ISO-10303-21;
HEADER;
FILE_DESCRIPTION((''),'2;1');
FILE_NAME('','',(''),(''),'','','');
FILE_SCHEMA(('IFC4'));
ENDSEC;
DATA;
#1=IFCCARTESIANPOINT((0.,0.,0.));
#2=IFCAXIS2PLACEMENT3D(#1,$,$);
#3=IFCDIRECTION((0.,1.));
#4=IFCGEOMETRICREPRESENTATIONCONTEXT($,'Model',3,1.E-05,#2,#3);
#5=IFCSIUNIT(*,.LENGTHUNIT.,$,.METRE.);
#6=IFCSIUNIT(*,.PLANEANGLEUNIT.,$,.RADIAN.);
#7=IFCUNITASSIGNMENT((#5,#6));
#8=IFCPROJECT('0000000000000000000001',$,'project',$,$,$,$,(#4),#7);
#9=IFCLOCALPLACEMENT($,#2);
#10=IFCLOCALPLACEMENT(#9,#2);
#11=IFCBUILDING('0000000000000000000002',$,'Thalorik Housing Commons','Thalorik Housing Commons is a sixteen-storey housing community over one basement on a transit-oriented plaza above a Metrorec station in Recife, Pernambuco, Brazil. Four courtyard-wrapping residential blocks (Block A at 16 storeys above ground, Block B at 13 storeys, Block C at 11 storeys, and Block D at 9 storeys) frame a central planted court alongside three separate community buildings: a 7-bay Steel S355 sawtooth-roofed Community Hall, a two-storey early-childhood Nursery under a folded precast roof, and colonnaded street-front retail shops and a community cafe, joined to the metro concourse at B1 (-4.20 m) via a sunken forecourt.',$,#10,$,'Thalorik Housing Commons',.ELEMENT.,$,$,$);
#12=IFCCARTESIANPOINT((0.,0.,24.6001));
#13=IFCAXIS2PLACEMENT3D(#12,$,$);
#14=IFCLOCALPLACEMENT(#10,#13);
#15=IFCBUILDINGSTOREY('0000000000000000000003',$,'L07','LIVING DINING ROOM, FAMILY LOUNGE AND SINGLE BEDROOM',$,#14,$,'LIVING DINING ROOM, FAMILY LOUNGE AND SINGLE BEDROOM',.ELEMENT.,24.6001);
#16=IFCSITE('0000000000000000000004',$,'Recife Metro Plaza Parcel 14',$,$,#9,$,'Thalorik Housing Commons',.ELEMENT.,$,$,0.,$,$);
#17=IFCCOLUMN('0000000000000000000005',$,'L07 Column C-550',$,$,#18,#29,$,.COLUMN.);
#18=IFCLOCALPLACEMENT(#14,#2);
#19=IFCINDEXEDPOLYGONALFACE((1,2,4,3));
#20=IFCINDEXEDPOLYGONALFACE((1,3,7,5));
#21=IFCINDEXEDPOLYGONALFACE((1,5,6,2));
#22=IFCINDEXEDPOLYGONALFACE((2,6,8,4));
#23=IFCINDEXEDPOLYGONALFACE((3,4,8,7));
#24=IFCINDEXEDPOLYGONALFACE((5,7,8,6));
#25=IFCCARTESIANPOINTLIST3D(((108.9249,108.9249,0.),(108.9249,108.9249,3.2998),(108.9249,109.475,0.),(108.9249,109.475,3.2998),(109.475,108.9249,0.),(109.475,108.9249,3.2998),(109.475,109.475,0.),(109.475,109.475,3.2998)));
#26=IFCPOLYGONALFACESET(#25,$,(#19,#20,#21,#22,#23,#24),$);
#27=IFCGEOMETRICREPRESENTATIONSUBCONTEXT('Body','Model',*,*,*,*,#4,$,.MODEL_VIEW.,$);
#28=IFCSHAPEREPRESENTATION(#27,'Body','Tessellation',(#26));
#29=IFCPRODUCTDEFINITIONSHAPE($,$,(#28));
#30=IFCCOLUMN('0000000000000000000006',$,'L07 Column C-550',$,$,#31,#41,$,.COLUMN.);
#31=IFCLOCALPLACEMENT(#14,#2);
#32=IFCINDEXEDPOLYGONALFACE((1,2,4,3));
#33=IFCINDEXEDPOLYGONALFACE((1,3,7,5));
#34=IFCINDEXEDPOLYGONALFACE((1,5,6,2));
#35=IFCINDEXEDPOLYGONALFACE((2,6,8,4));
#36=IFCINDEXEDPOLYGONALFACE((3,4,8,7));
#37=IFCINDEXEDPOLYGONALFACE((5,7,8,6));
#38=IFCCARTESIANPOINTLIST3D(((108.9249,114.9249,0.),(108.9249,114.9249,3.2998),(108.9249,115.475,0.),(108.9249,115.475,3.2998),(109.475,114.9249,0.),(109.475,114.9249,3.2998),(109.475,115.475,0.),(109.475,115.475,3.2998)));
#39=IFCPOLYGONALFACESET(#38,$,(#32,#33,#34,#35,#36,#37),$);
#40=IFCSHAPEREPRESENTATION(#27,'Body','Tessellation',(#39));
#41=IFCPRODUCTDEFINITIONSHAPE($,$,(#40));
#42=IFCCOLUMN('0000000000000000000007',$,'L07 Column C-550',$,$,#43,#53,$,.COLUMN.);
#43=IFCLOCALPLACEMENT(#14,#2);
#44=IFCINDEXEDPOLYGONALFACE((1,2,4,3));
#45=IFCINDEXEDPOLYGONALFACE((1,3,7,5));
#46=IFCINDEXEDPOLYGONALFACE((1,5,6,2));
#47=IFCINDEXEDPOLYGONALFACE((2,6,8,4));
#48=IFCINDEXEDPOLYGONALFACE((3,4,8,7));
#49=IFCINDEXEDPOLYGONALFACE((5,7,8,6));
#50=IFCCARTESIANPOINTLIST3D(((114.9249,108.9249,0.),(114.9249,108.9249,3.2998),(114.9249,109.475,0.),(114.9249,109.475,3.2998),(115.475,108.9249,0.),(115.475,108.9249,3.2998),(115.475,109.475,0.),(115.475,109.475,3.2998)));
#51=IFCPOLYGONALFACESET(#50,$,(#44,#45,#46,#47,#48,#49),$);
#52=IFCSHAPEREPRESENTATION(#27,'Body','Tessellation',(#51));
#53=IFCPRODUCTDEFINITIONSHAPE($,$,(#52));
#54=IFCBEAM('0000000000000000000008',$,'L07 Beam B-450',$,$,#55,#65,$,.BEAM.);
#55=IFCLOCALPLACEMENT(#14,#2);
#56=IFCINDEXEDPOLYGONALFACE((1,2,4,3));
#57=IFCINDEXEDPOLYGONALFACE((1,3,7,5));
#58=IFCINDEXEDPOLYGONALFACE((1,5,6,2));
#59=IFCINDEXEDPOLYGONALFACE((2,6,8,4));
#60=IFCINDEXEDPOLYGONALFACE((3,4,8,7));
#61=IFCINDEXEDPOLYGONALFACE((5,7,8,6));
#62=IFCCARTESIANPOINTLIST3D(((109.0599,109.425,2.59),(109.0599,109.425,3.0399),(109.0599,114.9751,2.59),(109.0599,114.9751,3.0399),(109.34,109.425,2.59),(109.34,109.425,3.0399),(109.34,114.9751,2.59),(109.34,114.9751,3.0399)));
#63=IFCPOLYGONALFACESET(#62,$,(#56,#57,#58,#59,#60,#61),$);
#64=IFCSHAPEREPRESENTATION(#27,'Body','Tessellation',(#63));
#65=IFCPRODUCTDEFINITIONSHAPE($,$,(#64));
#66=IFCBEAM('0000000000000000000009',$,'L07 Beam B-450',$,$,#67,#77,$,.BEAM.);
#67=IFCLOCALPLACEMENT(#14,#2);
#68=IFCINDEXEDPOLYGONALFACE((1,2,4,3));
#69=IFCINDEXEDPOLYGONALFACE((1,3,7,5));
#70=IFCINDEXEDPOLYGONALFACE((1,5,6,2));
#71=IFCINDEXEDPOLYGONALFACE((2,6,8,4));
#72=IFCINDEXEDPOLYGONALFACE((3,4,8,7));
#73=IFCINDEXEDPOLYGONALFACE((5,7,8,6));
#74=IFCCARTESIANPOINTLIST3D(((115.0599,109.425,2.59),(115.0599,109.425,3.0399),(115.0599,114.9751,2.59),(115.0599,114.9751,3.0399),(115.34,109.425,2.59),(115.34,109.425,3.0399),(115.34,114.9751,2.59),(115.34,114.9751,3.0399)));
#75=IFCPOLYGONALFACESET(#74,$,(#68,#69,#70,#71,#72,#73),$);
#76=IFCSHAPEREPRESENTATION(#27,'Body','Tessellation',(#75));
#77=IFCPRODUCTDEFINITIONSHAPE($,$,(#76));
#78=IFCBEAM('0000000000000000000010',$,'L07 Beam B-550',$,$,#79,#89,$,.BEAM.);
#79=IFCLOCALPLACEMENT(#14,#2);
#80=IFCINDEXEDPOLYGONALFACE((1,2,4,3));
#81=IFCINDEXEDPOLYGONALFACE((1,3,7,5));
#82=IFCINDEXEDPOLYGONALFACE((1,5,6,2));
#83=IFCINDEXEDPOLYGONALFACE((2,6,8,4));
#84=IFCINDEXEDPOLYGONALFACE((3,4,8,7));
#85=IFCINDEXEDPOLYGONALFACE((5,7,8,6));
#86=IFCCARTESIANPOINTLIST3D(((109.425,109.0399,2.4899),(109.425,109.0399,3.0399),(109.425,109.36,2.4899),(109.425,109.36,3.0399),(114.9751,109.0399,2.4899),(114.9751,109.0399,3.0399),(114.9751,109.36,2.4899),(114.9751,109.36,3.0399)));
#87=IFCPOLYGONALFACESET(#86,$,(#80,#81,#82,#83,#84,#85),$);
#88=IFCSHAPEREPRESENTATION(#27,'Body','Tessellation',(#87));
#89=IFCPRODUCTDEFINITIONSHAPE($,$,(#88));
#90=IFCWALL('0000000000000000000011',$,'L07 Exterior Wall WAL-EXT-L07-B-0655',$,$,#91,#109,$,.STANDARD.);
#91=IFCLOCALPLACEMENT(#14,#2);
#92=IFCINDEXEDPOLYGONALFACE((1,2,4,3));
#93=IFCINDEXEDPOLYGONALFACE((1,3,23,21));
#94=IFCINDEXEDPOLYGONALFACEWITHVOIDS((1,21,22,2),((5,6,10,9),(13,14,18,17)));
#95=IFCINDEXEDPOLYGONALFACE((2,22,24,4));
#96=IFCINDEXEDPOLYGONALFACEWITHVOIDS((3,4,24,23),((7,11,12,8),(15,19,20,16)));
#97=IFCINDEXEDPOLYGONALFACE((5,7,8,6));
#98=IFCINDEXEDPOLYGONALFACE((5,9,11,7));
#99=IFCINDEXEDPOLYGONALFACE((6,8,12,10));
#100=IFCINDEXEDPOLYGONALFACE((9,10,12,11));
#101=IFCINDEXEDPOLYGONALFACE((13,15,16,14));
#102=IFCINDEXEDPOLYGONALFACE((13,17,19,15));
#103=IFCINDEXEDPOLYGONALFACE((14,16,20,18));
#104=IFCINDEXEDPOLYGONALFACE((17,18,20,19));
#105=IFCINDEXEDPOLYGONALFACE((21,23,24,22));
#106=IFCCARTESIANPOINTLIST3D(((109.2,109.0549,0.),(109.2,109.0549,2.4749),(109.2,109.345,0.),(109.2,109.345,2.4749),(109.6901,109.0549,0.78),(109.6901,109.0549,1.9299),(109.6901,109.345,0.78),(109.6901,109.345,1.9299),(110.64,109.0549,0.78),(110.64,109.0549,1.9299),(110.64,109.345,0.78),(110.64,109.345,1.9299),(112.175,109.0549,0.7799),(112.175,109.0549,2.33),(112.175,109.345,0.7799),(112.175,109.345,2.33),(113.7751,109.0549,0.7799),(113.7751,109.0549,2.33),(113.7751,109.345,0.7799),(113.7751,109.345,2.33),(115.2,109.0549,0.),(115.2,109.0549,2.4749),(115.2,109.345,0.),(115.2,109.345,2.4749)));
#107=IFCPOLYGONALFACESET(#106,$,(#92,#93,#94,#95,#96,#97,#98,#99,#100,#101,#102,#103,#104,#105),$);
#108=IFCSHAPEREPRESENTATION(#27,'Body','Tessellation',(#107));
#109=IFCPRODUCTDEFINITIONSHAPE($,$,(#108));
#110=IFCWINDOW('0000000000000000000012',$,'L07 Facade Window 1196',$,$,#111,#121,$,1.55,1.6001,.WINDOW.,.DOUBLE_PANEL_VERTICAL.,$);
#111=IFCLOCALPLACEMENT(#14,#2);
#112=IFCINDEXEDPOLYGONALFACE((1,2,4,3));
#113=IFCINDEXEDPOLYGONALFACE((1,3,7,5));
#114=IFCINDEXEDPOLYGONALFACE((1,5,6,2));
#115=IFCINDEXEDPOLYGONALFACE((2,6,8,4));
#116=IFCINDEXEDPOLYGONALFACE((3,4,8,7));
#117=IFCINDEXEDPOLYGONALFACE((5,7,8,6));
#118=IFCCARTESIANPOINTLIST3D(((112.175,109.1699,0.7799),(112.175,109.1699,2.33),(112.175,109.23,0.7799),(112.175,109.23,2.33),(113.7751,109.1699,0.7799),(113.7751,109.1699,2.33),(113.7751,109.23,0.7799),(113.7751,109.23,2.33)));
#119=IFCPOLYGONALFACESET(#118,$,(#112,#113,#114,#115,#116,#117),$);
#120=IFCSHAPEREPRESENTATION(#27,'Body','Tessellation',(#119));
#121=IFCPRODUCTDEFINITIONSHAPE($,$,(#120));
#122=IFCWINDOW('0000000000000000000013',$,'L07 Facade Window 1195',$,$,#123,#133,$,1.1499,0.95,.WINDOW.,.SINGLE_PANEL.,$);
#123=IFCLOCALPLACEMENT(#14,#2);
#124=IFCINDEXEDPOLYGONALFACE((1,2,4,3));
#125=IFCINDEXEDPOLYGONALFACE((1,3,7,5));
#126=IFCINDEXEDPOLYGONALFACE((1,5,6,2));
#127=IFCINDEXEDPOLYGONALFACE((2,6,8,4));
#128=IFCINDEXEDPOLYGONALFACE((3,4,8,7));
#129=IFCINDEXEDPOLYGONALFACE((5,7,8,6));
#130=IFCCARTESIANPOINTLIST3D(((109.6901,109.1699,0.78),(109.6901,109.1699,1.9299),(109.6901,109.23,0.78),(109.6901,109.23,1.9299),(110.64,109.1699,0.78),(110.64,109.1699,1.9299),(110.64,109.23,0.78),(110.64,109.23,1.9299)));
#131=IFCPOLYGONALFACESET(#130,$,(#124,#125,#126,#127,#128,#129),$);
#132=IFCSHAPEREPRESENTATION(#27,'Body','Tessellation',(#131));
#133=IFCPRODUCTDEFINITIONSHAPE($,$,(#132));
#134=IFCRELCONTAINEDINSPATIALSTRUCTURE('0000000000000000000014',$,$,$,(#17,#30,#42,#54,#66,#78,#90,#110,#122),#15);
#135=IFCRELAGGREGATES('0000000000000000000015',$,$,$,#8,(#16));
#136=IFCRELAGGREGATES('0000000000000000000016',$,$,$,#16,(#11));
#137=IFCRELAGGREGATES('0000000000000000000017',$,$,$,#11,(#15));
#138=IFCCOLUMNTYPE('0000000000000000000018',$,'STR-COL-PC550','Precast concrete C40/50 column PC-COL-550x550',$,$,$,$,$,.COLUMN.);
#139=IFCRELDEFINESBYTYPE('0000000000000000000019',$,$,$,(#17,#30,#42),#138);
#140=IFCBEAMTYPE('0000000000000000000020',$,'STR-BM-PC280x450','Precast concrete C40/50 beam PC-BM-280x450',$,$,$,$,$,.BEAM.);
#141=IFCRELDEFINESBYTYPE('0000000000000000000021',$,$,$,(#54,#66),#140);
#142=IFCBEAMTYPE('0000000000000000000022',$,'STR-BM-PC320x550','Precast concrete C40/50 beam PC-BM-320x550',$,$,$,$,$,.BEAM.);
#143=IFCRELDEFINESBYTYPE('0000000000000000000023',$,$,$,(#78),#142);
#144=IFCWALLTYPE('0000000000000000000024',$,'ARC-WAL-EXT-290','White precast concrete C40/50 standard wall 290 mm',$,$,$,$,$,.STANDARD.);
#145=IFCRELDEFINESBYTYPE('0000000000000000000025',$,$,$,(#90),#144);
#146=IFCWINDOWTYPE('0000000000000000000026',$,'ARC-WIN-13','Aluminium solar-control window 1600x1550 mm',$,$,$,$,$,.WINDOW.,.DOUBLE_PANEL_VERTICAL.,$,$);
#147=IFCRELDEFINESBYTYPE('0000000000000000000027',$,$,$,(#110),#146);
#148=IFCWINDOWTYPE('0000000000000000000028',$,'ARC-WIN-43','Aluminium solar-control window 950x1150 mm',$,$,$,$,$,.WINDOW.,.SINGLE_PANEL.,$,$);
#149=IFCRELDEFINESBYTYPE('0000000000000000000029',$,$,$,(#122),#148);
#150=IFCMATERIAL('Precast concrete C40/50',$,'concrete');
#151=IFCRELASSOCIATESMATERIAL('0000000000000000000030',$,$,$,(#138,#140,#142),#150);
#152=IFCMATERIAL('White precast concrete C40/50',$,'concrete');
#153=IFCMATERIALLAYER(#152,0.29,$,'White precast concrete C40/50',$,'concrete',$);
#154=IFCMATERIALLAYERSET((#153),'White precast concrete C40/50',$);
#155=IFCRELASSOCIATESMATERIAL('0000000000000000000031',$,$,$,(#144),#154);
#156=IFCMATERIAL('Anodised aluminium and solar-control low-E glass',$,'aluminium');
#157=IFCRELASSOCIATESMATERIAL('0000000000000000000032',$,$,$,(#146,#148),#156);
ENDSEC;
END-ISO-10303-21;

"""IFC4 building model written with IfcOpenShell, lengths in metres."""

from ifc_helpers import new_model, si_unit, direction, frame, frame_2d, origin, origin_2d, place, context, subcontext, project, spatial, rectangle, extrude, material, layer, layer_set, material_profile, profile_set, type_object, element, fill, save


model = new_model("IFC4")

# Units and contexts
model_context = context("Model", 3, precision=1e-05, world=origin(), true_north=direction((0.0, 1.0)))
body_context = subcontext(model_context, "Body", "Model", "MODEL_VIEW")
ifc_project = project(units=[si_unit("LENGTHUNIT", "METRE"), si_unit("PLANEANGLEUNIT", "RADIAN")], contexts=[model_context])

# Site, building, storey
site_placement = place(None, origin())
site = spatial("IfcSite", under=ifc_project, at=site_placement, Name="Recife Metro Plaza Parcel 14", LongName="Thalorik Housing Commons", CompositionType="ELEMENT", RefElevation=0.0)
building_placement = place(site_placement, origin())
building = spatial("IfcBuilding", under=site, at=building_placement, Name="Thalorik Housing Commons", Description="Thalorik Housing Commons is a sixteen-storey housing community over one basement on a transit-oriented plaza above a Metrorec station in Recife, Pernambuco, Brazil. Four courtyard-wrapping residential blocks (Block A at 16 storeys above ground, Block B at 13 storeys, Block C at 11 storeys, and Block D at 9 storeys) frame a central planted court alongside three separate community buildings: a 7-bay Steel S355 sawtooth-roofed Community Hall, a two-storey early-childhood Nursery under a folded precast roof, and colonnaded street-front retail shops and a community cafe, joined to the metro concourse at B1 (-4.20 m) via a sunken forecourt.", LongName="Thalorik Housing Commons", CompositionType="ELEMENT")
storey_placement = place(building_placement, frame((0.0, 0.0, 24.6001)))
storey = spatial("IfcBuildingStorey", under=building, at=storey_placement, Name="L07", Description="LIVING DINING ROOM, FAMILY LOUNGE AND SINGLE BEDROOM", LongName="LIVING DINING ROOM, FAMILY LOUNGE AND SINGLE BEDROOM", CompositionType="ELEMENT", Elevation=24.6001)

# Columns
ifc_material_1 = material(Name="Precast concrete C40/50", Category="concrete")
ifc_material_profile_1 = material_profile(ifc_material_1, rectangle(XDim=0.55, YDim=0.55, at=origin_2d()), Name="PC 550x550", Category="concrete")
ifc_profile_set_1 = profile_set([ifc_material_profile_1], Name="Precast concrete C40/50")
column_type = type_object("IfcColumnType", Name="STR-COL-PC550", Description="Precast concrete C40/50 column PC-COL-550x550", PredefinedType="COLUMN", material=ifc_profile_set_1)
for number, where, z_axis, x_axis, name in (
    (1, (109.2, 109.2, 0.0), (0.0, 0.0, 1.0), (1.0, 0.0, 0.0), "L07 Column C-550"),
    (2, (109.2, 115.2, 0.0), (0.0, 0.0, 1.0), (1.0, 0.0, 0.0), "L07 Column C-550"),
    (3, (115.2, 109.2, 0.0), (0.0, 0.0, 1.0), (1.0, 0.0, 0.0), "L07 Column C-550"),
):
    element("IfcColumn", number, at=place(storey_placement, frame(where, z_axis=z_axis, x_axis=x_axis)), inside=storey, type_object=column_type, Name=name, PredefinedType="COLUMN", context=body_context, shape_type="SweptSolid", body=[
        extrude(rectangle(XDim=0.55, YDim=0.55, at=origin_2d()), origin(), (0.0, 0.0, 1.0), 3.2998),
    ])

# Beams
ifc_material_profile_2 = material_profile(ifc_material_1, rectangle(XDim=0.28, YDim=0.45, at=origin_2d()), Name="PC 280x450", Category="concrete")
ifc_profile_set_2 = profile_set([ifc_material_profile_2], Name="Precast concrete C40/50")
beam_type_1 = type_object("IfcBeamType", Name="STR-BM-PC280x450", Description="Precast concrete C40/50 beam PC-BM-280x450", PredefinedType="BEAM", material=ifc_profile_set_2)
for number, where, z_axis, x_axis, name in (
    (4, (109.2, 109.425, 2.8149), (0.0, 1.0, 0.0), (-1.0, 0.0, 0.0), "L07 Beam B-450"),
    (5, (115.2, 109.425, 2.8149), (0.0, 1.0, 0.0), (-1.0, 0.0, 0.0), "L07 Beam B-450"),
):
    element("IfcBeam", number, at=place(storey_placement, frame(where, z_axis=z_axis, x_axis=x_axis)), inside=storey, type_object=beam_type_1, Name=name, PredefinedType="BEAM", context=body_context, shape_type="SweptSolid", body=[
        extrude(rectangle(XDim=0.28, YDim=0.45, at=origin_2d()), origin(), (0.0, 0.0, 1.0), 5.55),
    ])
ifc_material_profile_3 = material_profile(ifc_material_1, rectangle(XDim=0.3201, YDim=0.55, at=origin_2d()), Name="PC 320x550", Category="concrete")
ifc_profile_set_3 = profile_set([ifc_material_profile_3], Name="Precast concrete C40/50")
beam_type_2 = type_object("IfcBeamType", Name="STR-BM-PC320x550", Description="Precast concrete C40/50 beam PC-BM-320x550", PredefinedType="BEAM", material=ifc_profile_set_3)
beam_placement = place(storey_placement, frame((109.425, 109.2, 2.7649), z_axis=(1.0, 0.0, 0.0), x_axis=(0.0, 1.0, 0.0)))
element("IfcBeam", 6, at=beam_placement, inside=storey, type_object=beam_type_2, Name="L07 Beam B-550", PredefinedType="BEAM", context=body_context, shape_type="SweptSolid", body=[
    extrude(rectangle(XDim=0.3201, YDim=0.55, at=origin_2d()), origin(), (0.0, 0.0, 1.0), 5.55),
])

# Wall, openings, windows
ifc_material_2 = material(Name="White precast concrete C40/50", Category="concrete")
ifc_layer_1 = layer(ifc_material_2, 0.29, Name="White precast concrete C40/50", Category="concrete")
ifc_layer_set_1 = layer_set([ifc_layer_1], Name="White precast concrete C40/50")
wall_type_1 = type_object("IfcWallType", Name="ARC-WAL-EXT-290", Description="White precast concrete C40/50 standard wall 290 mm", PredefinedType="STANDARD", material=ifc_layer_set_1)
wall_1_placement = place(storey_placement, frame((109.2, 109.2, 0.0), z_axis=(0.0, 0.0, 1.0), x_axis=(1.0, 0.0, 0.0)))
wall_1 = element("IfcWall", 7, at=wall_1_placement, inside=storey, type_object=wall_type_1, Name="L07 Exterior Wall WAL-EXT-L07-B-0655", PredefinedType="STANDARD", context=body_context, shape_type="SweptSolid", body=[
    extrude(rectangle(XDim=6.0, YDim=0.29, at=frame_2d((3.0, 0.0))), origin(), (0.0, 0.0, 1.0), 2.4749),
])
opening_1_placement = place(wall_1_placement, frame((0.49, 0.0, 0.78)))
opening_1 = element("IfcOpeningElement", 8, at=opening_1_placement, cuts=wall_1, PredefinedType="OPENING", context=body_context, shape_type="SweptSolid", body=[
    extrude(rectangle(XDim=0.95, YDim=1.1499, at=frame_2d((0.4751, 0.575))), frame((0.0, 0.155, 0.0), z_axis=(0.0, -1.0, 0.0), x_axis=(1.0, 0.0, 0.0)), (0.0, 0.0, 1.0), 0.3101),
])
opening_2_placement = place(wall_1_placement, frame((2.9751, 0.0, 0.78)))
opening_2 = element("IfcOpeningElement", 9, at=opening_2_placement, cuts=wall_1, PredefinedType="OPENING", context=body_context, shape_type="SweptSolid", body=[
    extrude(rectangle(XDim=1.6001, YDim=1.55, at=frame_2d((0.8, 0.7749))), frame((0.0, 0.155, 0.0), z_axis=(0.0, -1.0, 0.0), x_axis=(1.0, 0.0, 0.0)), (0.0, 0.0, 1.0), 0.3101),
])
ifc_material_3 = material(Name="Anodised aluminium and solar-control low-E glass", Category="aluminium")
window_type_1 = type_object("IfcWindowType", Name="ARC-WIN-13", Description="Aluminium solar-control window 1600x1550 mm", PartitioningType="DOUBLE_PANEL_VERTICAL", PredefinedType="WINDOW", material=ifc_material_3)
window_1_placement = place(opening_2_placement, origin())
window_1 = element("IfcWindow", 10, at=window_1_placement, inside=storey, type_object=window_type_1, Name="L07 Facade Window 1196", OverallHeight=1.55, OverallWidth=1.6001, PartitioningType="DOUBLE_PANEL_VERTICAL", PredefinedType="WINDOW", context=body_context, shape_type="SweptSolid", body=[
    extrude(rectangle(XDim=1.6001, YDim=1.55, at=frame_2d((0.8, 0.7749))), frame((0.0, 0.03, 0.0), z_axis=(0.0, -1.0, 0.0), x_axis=(1.0, 0.0, 0.0)), (0.0, 0.0, 1.0), 0.0601),
])
fill(opening_2, window_1)
window_type_2 = type_object("IfcWindowType", Name="ARC-WIN-43", Description="Aluminium solar-control window 950x1150 mm", PartitioningType="SINGLE_PANEL", PredefinedType="WINDOW", material=ifc_material_3)
window_2_placement = place(opening_1_placement, origin())
window_2 = element("IfcWindow", 11, at=window_2_placement, inside=storey, type_object=window_type_2, Name="L07 Facade Window 1195", OverallHeight=1.1499, OverallWidth=0.95, PartitioningType="SINGLE_PANEL", PredefinedType="WINDOW", context=body_context, shape_type="SweptSolid", body=[
    extrude(rectangle(XDim=0.95, YDim=1.1499, at=frame_2d((0.4751, 0.575))), frame((0.0, 0.03, 0.0), z_axis=(0.0, -1.0, 0.0), x_axis=(1.0, 0.0, 0.0)), (0.0, 0.0, 1.0), 0.0601),
])
fill(opening_1, window_2)

save(model, "model.ifc")
